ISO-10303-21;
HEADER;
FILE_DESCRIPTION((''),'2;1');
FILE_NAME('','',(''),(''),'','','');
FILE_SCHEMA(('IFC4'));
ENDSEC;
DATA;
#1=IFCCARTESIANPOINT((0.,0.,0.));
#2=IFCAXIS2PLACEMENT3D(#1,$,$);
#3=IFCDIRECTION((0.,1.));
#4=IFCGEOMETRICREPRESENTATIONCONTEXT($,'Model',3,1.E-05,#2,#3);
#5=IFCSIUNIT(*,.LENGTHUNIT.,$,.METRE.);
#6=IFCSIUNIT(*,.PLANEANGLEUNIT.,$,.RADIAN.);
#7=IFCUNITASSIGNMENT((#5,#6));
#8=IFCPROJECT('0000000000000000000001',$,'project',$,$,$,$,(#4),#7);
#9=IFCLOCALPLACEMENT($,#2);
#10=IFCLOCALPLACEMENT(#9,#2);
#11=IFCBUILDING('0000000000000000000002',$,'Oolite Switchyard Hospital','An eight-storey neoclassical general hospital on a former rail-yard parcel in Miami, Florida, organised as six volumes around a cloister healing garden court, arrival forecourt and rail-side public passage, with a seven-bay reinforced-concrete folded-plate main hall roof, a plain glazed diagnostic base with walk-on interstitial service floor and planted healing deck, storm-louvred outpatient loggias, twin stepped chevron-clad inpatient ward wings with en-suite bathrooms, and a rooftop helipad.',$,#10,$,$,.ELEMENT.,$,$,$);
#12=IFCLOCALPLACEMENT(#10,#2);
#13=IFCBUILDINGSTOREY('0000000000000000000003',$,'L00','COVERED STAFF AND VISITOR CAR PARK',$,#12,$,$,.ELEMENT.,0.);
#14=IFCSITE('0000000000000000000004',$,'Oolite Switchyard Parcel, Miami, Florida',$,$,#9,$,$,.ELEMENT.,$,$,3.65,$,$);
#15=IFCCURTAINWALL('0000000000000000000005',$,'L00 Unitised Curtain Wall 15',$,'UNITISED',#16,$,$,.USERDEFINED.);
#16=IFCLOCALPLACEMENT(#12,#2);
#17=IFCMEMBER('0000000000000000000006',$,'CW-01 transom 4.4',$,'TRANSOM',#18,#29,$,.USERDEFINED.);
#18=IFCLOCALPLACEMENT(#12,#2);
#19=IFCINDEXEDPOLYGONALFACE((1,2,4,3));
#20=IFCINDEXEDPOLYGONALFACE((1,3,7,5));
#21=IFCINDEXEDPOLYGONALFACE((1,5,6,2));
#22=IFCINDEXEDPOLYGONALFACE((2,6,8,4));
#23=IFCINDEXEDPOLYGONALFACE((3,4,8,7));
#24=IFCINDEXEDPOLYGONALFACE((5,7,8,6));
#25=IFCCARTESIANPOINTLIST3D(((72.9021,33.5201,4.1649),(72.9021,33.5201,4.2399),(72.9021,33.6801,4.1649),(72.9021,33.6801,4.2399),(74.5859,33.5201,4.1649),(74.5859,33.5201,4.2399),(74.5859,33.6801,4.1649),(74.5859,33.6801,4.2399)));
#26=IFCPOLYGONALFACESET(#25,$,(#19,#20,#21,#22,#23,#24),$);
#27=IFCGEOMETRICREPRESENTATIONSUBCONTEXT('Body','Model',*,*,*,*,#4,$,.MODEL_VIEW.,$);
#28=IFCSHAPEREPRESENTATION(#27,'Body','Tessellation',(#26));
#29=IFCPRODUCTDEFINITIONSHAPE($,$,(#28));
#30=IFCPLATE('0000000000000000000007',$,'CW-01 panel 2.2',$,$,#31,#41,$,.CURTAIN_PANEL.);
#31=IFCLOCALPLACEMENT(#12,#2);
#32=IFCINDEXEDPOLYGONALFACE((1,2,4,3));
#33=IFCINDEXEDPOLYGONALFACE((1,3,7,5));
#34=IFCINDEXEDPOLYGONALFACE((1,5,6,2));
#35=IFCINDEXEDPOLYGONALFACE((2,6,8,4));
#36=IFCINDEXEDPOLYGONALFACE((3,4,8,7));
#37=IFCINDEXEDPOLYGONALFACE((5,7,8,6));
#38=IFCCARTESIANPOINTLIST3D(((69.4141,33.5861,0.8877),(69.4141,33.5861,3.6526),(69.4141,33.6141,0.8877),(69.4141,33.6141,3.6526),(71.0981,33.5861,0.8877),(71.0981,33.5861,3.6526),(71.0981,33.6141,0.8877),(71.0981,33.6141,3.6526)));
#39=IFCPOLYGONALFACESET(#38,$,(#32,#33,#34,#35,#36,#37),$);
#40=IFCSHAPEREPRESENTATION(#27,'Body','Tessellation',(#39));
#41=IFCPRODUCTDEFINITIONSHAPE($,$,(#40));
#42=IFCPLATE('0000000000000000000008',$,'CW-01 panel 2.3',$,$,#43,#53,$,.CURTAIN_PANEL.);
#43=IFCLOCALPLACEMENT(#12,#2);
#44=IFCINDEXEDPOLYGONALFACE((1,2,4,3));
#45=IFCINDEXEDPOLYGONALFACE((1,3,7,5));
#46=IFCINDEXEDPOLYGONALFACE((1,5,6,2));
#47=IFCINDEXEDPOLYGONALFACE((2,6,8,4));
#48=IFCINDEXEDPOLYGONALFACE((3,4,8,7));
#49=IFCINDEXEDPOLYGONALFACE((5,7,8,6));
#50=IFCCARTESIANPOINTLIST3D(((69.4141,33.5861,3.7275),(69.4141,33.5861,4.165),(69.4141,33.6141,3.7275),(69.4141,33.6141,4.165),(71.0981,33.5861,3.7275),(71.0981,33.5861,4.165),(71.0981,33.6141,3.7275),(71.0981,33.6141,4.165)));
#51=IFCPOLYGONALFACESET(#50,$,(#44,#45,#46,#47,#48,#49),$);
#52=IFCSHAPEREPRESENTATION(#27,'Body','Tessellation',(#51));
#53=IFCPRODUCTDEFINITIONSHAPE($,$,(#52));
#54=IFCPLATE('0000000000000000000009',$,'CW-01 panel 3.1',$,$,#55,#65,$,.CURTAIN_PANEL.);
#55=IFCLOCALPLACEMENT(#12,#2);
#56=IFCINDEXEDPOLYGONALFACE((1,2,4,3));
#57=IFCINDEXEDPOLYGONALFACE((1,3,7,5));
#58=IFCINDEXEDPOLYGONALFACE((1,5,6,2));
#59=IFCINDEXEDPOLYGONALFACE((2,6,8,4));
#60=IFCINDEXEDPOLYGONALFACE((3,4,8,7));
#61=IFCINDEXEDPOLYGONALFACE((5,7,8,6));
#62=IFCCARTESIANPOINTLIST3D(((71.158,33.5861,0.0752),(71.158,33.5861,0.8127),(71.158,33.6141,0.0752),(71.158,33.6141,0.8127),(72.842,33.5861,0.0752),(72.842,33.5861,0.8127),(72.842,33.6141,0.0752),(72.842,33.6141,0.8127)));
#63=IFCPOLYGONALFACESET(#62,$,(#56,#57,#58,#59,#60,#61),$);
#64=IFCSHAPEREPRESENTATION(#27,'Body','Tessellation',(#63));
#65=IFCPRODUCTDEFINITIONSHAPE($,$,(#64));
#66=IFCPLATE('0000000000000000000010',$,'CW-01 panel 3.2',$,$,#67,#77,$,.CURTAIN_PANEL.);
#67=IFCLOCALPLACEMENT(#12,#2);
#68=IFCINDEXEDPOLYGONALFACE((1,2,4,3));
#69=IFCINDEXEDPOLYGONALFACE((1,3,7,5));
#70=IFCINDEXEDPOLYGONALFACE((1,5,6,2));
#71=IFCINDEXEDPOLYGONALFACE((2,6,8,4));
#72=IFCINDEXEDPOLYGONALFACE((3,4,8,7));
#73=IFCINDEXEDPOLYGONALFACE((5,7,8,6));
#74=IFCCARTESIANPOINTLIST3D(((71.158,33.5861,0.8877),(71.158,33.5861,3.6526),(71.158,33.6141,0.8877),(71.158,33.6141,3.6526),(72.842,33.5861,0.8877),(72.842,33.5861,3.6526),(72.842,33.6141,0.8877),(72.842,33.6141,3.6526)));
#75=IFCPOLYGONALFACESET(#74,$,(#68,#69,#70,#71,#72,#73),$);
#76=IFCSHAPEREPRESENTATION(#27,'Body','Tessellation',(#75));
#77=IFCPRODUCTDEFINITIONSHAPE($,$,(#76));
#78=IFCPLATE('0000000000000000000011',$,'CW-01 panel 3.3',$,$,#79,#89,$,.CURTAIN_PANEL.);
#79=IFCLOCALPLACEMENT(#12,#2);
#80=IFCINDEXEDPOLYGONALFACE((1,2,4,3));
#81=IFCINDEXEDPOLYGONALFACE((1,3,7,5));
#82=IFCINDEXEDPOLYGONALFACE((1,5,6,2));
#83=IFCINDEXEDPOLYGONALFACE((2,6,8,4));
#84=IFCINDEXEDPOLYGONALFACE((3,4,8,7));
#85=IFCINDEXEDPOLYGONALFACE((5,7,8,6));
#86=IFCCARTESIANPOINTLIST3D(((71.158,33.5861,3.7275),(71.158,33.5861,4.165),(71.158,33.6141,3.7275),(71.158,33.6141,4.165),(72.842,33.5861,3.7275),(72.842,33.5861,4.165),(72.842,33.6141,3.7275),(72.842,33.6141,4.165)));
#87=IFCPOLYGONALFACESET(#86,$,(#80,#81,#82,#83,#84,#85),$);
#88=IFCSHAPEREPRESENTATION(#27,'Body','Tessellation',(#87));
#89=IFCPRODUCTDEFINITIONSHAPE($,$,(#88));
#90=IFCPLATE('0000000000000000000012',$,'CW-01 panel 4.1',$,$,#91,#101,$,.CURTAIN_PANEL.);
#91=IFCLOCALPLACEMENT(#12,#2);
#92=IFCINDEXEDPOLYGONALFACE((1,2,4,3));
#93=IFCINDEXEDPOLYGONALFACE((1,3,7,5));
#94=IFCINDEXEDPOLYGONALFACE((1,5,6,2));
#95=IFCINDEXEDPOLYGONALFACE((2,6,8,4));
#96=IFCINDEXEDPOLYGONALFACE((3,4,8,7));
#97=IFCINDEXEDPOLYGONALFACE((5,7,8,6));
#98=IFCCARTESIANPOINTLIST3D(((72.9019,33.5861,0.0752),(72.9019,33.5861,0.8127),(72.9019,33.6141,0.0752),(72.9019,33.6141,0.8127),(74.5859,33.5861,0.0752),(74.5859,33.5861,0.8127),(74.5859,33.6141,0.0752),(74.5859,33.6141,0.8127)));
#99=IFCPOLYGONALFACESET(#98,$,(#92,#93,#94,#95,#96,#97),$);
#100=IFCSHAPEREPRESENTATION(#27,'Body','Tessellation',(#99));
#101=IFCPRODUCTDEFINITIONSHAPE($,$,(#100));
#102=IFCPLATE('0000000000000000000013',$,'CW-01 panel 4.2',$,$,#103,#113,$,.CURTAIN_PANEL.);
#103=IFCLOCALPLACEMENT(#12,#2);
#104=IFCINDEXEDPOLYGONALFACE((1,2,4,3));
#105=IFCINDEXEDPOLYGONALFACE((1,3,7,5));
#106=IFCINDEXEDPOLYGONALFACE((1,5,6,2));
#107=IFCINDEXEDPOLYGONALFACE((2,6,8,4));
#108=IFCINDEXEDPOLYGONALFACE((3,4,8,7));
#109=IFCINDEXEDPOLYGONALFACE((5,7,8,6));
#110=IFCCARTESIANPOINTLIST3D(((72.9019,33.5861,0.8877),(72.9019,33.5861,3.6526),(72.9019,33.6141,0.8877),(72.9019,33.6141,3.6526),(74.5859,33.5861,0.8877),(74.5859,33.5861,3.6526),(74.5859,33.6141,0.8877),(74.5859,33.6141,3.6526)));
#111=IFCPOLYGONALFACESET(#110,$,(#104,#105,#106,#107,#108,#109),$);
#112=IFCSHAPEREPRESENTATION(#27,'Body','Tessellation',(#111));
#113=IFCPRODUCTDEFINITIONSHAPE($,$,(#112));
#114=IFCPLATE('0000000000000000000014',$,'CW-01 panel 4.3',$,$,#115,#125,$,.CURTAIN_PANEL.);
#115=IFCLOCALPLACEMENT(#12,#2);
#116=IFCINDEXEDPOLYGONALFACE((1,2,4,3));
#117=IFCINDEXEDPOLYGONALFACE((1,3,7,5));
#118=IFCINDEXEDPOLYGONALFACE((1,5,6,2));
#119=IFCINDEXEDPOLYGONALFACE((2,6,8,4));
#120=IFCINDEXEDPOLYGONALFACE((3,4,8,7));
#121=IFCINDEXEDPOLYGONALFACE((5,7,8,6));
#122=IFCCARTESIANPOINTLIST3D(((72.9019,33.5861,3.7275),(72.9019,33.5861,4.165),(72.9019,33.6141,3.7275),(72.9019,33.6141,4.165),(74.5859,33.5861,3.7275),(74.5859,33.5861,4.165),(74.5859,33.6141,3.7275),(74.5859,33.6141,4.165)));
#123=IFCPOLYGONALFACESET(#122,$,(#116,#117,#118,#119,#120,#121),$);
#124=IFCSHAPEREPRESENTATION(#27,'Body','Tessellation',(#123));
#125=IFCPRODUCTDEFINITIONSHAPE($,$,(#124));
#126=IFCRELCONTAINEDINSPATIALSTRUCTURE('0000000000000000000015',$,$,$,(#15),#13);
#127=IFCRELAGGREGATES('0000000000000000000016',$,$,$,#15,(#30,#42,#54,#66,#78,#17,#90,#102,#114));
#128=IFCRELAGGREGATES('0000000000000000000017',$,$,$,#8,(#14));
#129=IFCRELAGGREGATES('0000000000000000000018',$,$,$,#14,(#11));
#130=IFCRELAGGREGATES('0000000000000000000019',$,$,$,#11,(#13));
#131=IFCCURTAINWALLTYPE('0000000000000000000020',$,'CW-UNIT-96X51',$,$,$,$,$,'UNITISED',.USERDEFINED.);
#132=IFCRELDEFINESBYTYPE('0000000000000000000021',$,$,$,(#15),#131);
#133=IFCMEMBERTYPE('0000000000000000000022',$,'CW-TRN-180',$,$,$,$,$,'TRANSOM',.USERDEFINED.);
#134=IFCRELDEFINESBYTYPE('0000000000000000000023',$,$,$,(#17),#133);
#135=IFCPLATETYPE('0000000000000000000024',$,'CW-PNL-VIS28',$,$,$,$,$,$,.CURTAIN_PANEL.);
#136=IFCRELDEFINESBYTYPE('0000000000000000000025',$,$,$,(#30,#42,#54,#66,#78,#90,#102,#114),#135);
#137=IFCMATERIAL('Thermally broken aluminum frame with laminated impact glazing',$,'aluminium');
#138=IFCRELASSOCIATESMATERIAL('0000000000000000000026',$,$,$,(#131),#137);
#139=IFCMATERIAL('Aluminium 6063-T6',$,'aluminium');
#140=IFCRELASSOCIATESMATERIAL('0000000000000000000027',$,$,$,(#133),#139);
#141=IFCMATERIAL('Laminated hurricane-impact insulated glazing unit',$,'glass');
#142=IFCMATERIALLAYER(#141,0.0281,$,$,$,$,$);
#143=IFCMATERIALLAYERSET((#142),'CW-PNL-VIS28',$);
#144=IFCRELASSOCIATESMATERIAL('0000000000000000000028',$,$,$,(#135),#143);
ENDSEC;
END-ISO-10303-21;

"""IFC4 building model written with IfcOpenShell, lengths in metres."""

from ifc_helpers import new_model, si_unit, direction, frame, origin, origin_2d, place, context, subcontext, project, spatial, rectangle, extrude, material, layer, layer_set, material_profile, profile_set, type_object, element, aggregate, save


model = new_model("IFC4")

# Units and contexts
model_context = context("Model", 3, precision=1e-05, world=origin(), true_north=direction((0.0, 1.0)))
body_context = subcontext(model_context, "Body", "Model", "MODEL_VIEW")
ifc_project = project(units=[si_unit("LENGTHUNIT", "METRE"), si_unit("PLANEANGLEUNIT", "RADIAN")], contexts=[model_context])

# Site, building, storey
site_placement = place(None, origin())
site = spatial("IfcSite", under=ifc_project, at=site_placement, Name="Oolite Switchyard Parcel, Miami, Florida", CompositionType="ELEMENT", RefElevation=3.65)
building_placement = place(site_placement, origin())
building = spatial("IfcBuilding", under=site, at=building_placement, Name="Oolite Switchyard Hospital", Description="An eight-storey neoclassical general hospital on a former rail-yard parcel in Miami, Florida, organised as six volumes around a cloister healing garden court, arrival forecourt and rail-side public passage, with a seven-bay reinforced-concrete folded-plate main hall roof, a plain glazed diagnostic base with walk-on interstitial service floor and planted healing deck, storm-louvred outpatient loggias, twin stepped chevron-clad inpatient ward wings with en-suite bathrooms, and a rooftop helipad.", CompositionType="ELEMENT")
storey_placement = place(building_placement, origin())
storey = spatial("IfcBuildingStorey", under=building, at=storey_placement, Name="L00", Description="COVERED STAFF AND VISITOR CAR PARK", CompositionType="ELEMENT", Elevation=0.0)

# Curtain wall, member, plates
ifc_material_1 = material(Name="Thermally broken aluminum frame with laminated impact glazing", Category="aluminium")
curtain_wall_type = type_object("IfcCurtainWallType", Name="CW-UNIT-96X51", ElementType="UNITISED", PredefinedType="USERDEFINED", material=ifc_material_1)
curtain_wall_placement = place(storey_placement, origin())
curtain_wall = element("IfcCurtainWall", 1, at=curtain_wall_placement, inside=storey, type_object=curtain_wall_type, Name="L00 Unitised Curtain Wall 15", ObjectType="UNITISED", PredefinedType="USERDEFINED")
ifc_material_2 = material(Name="Aluminium 6063-T6", Category="aluminium")
ifc_material_profile_1 = material_profile(ifc_material_2, rectangle(XDim=0.1599, YDim=0.075, at=origin_2d()), Name="CWT75X160")
ifc_profile_set_1 = profile_set([ifc_material_profile_1], Name="Aluminium 6063-T6")
member_type_1 = type_object("IfcMemberType", Name="CW-TRN-180", ElementType="TRANSOM", PredefinedType="USERDEFINED", material=ifc_profile_set_1)
member_1_placement = place(storey_placement, frame((72.9021, 33.6001, 4.2024), z_axis=(1.0, 0.0, 0.0), x_axis=(0.0, 1.0, 0.0)))
member_1 = element("IfcMember", 2, at=member_1_placement, type_object=member_type_1, Name="CW-01 transom 4.4", ObjectType="TRANSOM", PredefinedType="USERDEFINED", context=body_context, shape_type="SweptSolid", body=[
    extrude(rectangle(XDim=0.1599, YDim=0.075, at=origin_2d()), origin(), (0.0, 0.0, 1.0), 1.6838),
])
ifc_material_3 = material(Name="Laminated hurricane-impact insulated glazing unit", Category="glass")
ifc_layer = layer(ifc_material_3, 0.0281)
ifc_layer_set = layer_set([ifc_layer], Name="CW-PNL-VIS28")
plate_type = type_object("IfcPlateType", Name="CW-PNL-VIS28", PredefinedType="CURTAIN_PANEL", material=ifc_layer_set)
plate_1_placement = place(storey_placement, frame((70.2561, 33.6001, 0.8877), z_axis=(0.0, 0.0, 1.0), x_axis=(1.0, 0.0, 0.0)))
plate_1 = element("IfcPlate", 3, at=plate_1_placement, type_object=plate_type, Name="CW-01 panel 2.2", PredefinedType="CURTAIN_PANEL", context=body_context, shape_type="SweptSolid", body=[
    extrude(rectangle(XDim=1.6841, YDim=0.0281, at=origin_2d()), origin(), (0.0, 0.0, 1.0), 2.7649),
])
plate_2_placement = place(storey_placement, frame((70.2561, 33.6001, 3.7275), z_axis=(0.0, 0.0, 1.0), x_axis=(1.0, 0.0, 0.0)))
plate_2 = element("IfcPlate", 4, at=plate_2_placement, type_object=plate_type, Name="CW-01 panel 2.3", PredefinedType="CURTAIN_PANEL", context=body_context, shape_type="SweptSolid", body=[
    extrude(rectangle(XDim=1.6841, YDim=0.0281, at=origin_2d()), origin(), (0.0, 0.0, 1.0), 0.4375),
])
plate_3_placement = place(storey_placement, frame((72.0, 33.6001, 0.0752), z_axis=(0.0, 0.0, 1.0), x_axis=(1.0, 0.0, 0.0)))
plate_3 = element("IfcPlate", 5, at=plate_3_placement, type_object=plate_type, Name="CW-01 panel 3.1", PredefinedType="CURTAIN_PANEL", context=body_context, shape_type="SweptSolid", body=[
    extrude(rectangle(XDim=1.6841, YDim=0.0281, at=origin_2d()), origin(), (0.0, 0.0, 1.0), 0.7375),
])
plate_4_placement = place(storey_placement, frame((72.0, 33.6001, 0.8877), z_axis=(0.0, 0.0, 1.0), x_axis=(1.0, 0.0, 0.0)))
plate_4 = element("IfcPlate", 6, at=plate_4_placement, type_object=plate_type, Name="CW-01 panel 3.2", PredefinedType="CURTAIN_PANEL", context=body_context, shape_type="SweptSolid", body=[
    extrude(rectangle(XDim=1.6841, YDim=0.0281, at=origin_2d()), origin(), (0.0, 0.0, 1.0), 2.7649),
])
plate_5_placement = place(storey_placement, frame((72.0, 33.6001, 3.7275), z_axis=(0.0, 0.0, 1.0), x_axis=(1.0, 0.0, 0.0)))
plate_5 = element("IfcPlate", 7, at=plate_5_placement, type_object=plate_type, Name="CW-01 panel 3.3", PredefinedType="CURTAIN_PANEL", context=body_context, shape_type="SweptSolid", body=[
    extrude(rectangle(XDim=1.6841, YDim=0.0281, at=origin_2d()), origin(), (0.0, 0.0, 1.0), 0.4375),
])
plate_6_placement = place(storey_placement, frame((73.7439, 33.6001, 0.0752), z_axis=(0.0, 0.0, 1.0), x_axis=(1.0, 0.0, 0.0)))
plate_6 = element("IfcPlate", 8, at=plate_6_placement, type_object=plate_type, Name="CW-01 panel 4.1", PredefinedType="CURTAIN_PANEL", context=body_context, shape_type="SweptSolid", body=[
    extrude(rectangle(XDim=1.6841, YDim=0.0281, at=origin_2d()), origin(), (0.0, 0.0, 1.0), 0.7375),
])
plate_7_placement = place(storey_placement, frame((73.7439, 33.6001, 0.8877), z_axis=(0.0, 0.0, 1.0), x_axis=(1.0, 0.0, 0.0)))
plate_7 = element("IfcPlate", 9, at=plate_7_placement, type_object=plate_type, Name="CW-01 panel 4.2", PredefinedType="CURTAIN_PANEL", context=body_context, shape_type="SweptSolid", body=[
    extrude(rectangle(XDim=1.6841, YDim=0.0281, at=origin_2d()), origin(), (0.0, 0.0, 1.0), 2.7649),
])
plate_8_placement = place(storey_placement, frame((73.7439, 33.6001, 3.7275), z_axis=(0.0, 0.0, 1.0), x_axis=(1.0, 0.0, 0.0)))
plate_8 = element("IfcPlate", 10, at=plate_8_placement, type_object=plate_type, Name="CW-01 panel 4.3", PredefinedType="CURTAIN_PANEL", context=body_context, shape_type="SweptSolid", body=[
    extrude(rectangle(XDim=1.6841, YDim=0.0281, at=origin_2d()), origin(), (0.0, 0.0, 1.0), 0.4375),
])
aggregate(curtain_wall, [plate_1, plate_2, plate_3, plate_4, plate_5, member_1, plate_6, plate_7, plate_8])

save(model, "model.ifc")
